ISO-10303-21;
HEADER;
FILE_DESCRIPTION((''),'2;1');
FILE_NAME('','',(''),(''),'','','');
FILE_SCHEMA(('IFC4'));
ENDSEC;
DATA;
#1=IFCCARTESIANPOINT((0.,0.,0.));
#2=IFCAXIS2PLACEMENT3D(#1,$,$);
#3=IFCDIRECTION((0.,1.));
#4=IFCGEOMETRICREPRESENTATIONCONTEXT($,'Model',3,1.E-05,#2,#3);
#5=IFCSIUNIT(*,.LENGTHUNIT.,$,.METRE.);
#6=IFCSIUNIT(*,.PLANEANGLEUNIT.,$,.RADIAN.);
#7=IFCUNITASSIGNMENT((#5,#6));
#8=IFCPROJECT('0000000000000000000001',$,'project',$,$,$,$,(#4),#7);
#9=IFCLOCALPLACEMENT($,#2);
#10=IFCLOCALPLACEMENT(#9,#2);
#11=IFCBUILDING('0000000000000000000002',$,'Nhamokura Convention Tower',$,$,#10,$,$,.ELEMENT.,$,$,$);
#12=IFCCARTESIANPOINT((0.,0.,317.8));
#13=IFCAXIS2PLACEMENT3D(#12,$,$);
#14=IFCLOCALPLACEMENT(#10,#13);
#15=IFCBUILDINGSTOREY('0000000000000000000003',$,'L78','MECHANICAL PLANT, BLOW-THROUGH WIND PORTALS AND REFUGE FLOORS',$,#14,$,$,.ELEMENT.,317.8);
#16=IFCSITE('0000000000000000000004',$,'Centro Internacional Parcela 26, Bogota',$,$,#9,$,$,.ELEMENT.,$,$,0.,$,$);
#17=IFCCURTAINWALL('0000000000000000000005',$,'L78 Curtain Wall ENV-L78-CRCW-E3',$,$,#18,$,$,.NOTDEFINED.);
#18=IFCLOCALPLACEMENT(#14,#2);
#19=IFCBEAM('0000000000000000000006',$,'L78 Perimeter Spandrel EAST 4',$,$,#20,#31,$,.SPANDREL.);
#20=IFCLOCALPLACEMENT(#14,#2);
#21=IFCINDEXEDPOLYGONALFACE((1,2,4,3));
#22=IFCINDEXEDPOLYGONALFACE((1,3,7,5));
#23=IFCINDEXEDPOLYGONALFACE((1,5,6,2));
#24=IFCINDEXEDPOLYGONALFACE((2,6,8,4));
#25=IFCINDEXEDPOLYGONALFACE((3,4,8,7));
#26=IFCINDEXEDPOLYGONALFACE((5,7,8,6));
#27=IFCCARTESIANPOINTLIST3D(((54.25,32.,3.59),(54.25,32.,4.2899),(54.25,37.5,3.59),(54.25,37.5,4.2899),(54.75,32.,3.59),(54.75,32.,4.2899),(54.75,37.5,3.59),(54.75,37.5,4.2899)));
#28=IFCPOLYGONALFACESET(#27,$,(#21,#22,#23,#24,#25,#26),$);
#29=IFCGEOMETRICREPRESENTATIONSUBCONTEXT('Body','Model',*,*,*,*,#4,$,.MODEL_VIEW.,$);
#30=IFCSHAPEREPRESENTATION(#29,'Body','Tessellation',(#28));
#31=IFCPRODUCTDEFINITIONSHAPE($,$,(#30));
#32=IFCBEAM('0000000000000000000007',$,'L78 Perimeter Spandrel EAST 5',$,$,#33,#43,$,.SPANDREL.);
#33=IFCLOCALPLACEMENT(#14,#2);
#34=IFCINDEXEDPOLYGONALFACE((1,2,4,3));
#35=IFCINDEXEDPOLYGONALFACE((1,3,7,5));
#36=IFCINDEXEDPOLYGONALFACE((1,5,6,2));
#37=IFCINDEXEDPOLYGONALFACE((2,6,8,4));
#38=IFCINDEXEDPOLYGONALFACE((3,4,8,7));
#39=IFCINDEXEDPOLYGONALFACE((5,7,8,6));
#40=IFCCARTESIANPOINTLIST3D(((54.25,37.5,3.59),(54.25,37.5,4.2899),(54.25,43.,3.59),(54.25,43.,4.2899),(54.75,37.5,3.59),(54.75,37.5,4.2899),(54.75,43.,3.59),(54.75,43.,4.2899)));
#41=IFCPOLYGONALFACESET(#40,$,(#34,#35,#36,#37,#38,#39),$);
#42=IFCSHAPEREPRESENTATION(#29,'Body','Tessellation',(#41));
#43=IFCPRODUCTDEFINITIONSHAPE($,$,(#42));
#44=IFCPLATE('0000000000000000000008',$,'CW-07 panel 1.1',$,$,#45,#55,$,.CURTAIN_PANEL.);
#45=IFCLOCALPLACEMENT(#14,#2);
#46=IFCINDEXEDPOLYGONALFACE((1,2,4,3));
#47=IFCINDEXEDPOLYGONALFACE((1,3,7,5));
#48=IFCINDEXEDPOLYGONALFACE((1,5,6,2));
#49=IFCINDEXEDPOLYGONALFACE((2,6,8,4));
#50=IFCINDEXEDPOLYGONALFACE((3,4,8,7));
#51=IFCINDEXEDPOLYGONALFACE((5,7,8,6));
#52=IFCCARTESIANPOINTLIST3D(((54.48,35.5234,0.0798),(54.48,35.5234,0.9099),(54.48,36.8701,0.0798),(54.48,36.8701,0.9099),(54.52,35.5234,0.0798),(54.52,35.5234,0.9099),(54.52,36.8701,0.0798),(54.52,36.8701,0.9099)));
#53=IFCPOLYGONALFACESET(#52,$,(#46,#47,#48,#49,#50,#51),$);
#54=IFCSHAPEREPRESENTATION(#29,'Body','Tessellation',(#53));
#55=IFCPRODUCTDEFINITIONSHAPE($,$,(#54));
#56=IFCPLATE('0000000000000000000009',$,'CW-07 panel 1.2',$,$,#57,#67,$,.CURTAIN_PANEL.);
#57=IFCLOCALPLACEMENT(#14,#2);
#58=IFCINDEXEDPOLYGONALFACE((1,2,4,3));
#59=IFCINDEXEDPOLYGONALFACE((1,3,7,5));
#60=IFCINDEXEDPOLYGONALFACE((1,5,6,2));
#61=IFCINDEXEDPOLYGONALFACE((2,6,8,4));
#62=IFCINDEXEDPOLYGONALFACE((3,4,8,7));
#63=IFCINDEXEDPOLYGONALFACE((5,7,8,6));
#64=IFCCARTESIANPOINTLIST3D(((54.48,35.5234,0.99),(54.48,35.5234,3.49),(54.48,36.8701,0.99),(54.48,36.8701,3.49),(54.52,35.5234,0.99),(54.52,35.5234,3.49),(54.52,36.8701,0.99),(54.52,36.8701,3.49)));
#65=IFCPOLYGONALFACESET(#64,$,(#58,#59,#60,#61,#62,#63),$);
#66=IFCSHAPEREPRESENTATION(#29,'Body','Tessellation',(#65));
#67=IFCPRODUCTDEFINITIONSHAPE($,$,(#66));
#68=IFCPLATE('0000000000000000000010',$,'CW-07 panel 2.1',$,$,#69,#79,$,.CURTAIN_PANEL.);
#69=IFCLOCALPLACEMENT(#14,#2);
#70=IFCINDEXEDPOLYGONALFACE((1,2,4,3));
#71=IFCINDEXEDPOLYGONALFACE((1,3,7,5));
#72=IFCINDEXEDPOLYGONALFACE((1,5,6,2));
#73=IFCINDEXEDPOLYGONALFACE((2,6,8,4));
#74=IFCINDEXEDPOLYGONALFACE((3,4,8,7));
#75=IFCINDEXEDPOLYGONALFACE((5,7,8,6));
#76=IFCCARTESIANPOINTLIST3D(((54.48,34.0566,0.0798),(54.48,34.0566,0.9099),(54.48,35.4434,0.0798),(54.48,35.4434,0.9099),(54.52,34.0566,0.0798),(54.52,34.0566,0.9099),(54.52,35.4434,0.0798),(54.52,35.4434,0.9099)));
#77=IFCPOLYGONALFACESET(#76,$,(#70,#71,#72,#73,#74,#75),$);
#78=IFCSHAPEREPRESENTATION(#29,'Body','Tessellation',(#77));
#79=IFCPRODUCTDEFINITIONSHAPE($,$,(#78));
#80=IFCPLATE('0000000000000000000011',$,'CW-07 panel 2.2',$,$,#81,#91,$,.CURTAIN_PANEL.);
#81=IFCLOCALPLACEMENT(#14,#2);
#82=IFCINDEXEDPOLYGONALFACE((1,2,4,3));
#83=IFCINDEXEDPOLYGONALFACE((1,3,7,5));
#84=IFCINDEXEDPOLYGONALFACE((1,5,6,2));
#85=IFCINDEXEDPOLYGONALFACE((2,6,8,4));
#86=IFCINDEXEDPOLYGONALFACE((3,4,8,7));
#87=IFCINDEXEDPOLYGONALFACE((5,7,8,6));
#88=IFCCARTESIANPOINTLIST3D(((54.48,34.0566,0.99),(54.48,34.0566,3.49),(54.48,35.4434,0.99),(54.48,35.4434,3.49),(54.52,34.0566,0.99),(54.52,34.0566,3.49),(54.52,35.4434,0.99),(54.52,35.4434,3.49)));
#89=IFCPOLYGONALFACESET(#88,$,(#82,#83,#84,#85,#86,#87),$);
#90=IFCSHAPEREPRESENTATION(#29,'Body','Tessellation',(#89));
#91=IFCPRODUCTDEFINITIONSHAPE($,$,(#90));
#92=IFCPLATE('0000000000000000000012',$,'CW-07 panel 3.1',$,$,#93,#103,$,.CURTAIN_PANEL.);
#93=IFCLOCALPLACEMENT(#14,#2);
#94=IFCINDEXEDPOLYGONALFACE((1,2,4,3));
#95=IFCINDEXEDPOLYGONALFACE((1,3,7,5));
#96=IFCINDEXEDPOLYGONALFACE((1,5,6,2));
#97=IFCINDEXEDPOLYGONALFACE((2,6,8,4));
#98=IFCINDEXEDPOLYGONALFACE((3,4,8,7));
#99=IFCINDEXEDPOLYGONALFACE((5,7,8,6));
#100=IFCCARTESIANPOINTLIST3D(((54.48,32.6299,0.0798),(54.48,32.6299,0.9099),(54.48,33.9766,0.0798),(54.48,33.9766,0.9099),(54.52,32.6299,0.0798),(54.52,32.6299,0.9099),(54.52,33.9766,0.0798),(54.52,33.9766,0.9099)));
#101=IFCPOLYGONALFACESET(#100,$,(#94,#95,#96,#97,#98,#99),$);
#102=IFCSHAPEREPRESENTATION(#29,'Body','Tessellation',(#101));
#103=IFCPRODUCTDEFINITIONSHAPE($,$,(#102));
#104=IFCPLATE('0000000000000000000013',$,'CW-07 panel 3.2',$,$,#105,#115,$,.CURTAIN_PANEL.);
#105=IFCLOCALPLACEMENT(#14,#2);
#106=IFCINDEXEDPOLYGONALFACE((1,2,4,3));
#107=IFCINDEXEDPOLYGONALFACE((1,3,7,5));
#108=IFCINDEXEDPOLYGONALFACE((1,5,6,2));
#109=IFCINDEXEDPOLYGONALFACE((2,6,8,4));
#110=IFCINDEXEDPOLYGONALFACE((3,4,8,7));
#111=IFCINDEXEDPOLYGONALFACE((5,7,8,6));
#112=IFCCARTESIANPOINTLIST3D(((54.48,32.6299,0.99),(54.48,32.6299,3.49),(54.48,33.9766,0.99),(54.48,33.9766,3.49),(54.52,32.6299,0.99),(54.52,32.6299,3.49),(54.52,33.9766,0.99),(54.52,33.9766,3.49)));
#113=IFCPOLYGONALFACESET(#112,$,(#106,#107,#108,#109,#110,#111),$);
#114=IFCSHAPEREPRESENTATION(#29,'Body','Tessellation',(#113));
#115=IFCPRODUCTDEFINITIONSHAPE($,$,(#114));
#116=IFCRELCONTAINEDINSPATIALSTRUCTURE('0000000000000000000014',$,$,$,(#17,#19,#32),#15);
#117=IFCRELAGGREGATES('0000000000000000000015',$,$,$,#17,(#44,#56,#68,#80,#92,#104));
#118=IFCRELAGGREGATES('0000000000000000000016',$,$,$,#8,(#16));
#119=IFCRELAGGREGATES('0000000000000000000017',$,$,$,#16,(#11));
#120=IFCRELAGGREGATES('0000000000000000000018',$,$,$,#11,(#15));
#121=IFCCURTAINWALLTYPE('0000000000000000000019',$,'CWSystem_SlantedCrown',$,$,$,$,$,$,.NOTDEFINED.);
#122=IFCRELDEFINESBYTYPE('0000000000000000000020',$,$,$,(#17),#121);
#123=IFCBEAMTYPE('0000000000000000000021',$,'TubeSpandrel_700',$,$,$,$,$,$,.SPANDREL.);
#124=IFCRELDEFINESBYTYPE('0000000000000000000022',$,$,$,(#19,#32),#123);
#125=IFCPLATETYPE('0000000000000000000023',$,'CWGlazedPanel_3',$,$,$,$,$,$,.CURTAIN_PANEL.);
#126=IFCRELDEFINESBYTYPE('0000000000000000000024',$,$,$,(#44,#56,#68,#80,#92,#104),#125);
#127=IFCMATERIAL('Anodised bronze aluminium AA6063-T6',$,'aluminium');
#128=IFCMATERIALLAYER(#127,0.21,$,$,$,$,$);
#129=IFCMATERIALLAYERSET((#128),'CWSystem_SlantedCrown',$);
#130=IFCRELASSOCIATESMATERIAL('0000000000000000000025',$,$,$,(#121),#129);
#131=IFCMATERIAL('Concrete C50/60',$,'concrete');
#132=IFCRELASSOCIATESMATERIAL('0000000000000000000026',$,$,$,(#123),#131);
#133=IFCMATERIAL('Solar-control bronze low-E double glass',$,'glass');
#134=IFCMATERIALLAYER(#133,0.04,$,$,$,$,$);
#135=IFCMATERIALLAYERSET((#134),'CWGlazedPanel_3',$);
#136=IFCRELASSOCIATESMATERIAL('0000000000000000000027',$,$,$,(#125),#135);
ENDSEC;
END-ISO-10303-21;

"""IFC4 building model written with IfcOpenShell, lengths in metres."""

from ifc_helpers import new_model, si_unit, direction, frame, origin, origin_2d, place, context, subcontext, project, spatial, rectangle, extrude, material, layer, layer_set, material_profile, profile_set, type_object, element, aggregate, save


model = new_model("IFC4")

# Units and contexts
model_context = context("Model", 3, precision=1e-05, world=origin(), true_north=direction((0.0, 1.0)))
body_context = subcontext(model_context, "Body", "Model", "MODEL_VIEW")
ifc_project = project(units=[si_unit("LENGTHUNIT", "METRE"), si_unit("PLANEANGLEUNIT", "RADIAN")], contexts=[model_context])

# Site, building, storey
site_placement = place(None, origin())
site = spatial("IfcSite", under=ifc_project, at=site_placement, Name="Centro Internacional Parcela 26, Bogota", CompositionType="ELEMENT", RefElevation=0.0)
building_placement = place(site_placement, origin())
building = spatial("IfcBuilding", under=site, at=building_placement, Name="Nhamokura Convention Tower", CompositionType="ELEMENT")
storey_placement = place(building_placement, frame((0.0, 0.0, 317.8)))
storey = spatial("IfcBuildingStorey", under=building, at=storey_placement, Name="L78", Description="MECHANICAL PLANT, BLOW-THROUGH WIND PORTALS AND REFUGE FLOORS", CompositionType="ELEMENT", Elevation=317.8)

# Curtain wall
ifc_material_1 = material(Name="Anodised bronze aluminium AA6063-T6", Category="aluminium")
ifc_layer_1 = layer(ifc_material_1, 0.21)
ifc_layer_set_1 = layer_set([ifc_layer_1], Name="CWSystem_SlantedCrown")
curtain_wall_type = type_object("IfcCurtainWallType", Name="CWSystem_SlantedCrown", PredefinedType="NOTDEFINED", material=ifc_layer_set_1)
curtain_wall_placement = place(storey_placement, origin())
curtain_wall = element("IfcCurtainWall", 1, at=curtain_wall_placement, inside=storey, type_object=curtain_wall_type, Name="L78 Curtain Wall ENV-L78-CRCW-E3", PredefinedType="NOTDEFINED")

# Beams
ifc_material_2 = material(Name="Concrete C50/60", Category="concrete")
ifc_material_profile_1 = material_profile(ifc_material_2, rectangle(XDim=0.5, YDim=0.7, at=origin_2d()))
ifc_profile_set_1 = profile_set([ifc_material_profile_1], Name="Concrete C50/60")
beam_type = type_object("IfcBeamType", Name="TubeSpandrel_700", PredefinedType="SPANDREL", material=ifc_profile_set_1)
for number, where, z_axis, x_axis, name in (
    (2, (54.5, 32.0, 3.9399), (0.0, 1.0, 0.0), (-1.0, 0.0, 0.0), "L78 Perimeter Spandrel EAST 4"),
    (3, (54.5, 37.5, 3.9399), (0.0, 1.0, 0.0), (-1.0, 0.0, 0.0), "L78 Perimeter Spandrel EAST 5"),
):
    element("IfcBeam", number, at=place(storey_placement, frame(where, z_axis=z_axis, x_axis=x_axis)), inside=storey, type_object=beam_type, Name=name, PredefinedType="SPANDREL", context=body_context, shape_type="SweptSolid", body=[
        extrude(rectangle(XDim=0.5, YDim=0.7, at=origin_2d()), origin(), (0.0, 0.0, 1.0), 5.5),
    ])

# Plates
ifc_material_3 = material(Name="Solar-control bronze low-E double glass", Category="glass")
ifc_layer_2 = layer(ifc_material_3, 0.04)
ifc_layer_set_2 = layer_set([ifc_layer_2], Name="CWGlazedPanel_3")
plate_type = type_object("IfcPlateType", Name="CWGlazedPanel_3", PredefinedType="CURTAIN_PANEL", material=ifc_layer_set_2)
plate_1_placement = place(storey_placement, frame((54.5, 36.1968, 0.0798), z_axis=(0.0, 0.0, 1.0), x_axis=(0.0, -1.0, 0.0)))
plate_1 = element("IfcPlate", 4, at=plate_1_placement, type_object=plate_type, Name="CW-07 panel 1.1", PredefinedType="CURTAIN_PANEL", context=body_context, shape_type="SweptSolid", body=[
    extrude(rectangle(XDim=1.3467, YDim=0.04, at=origin_2d()), origin(), (0.0, 0.0, 1.0), 0.8301),
])
plate_2_placement = place(storey_placement, frame((54.5, 36.1968, 0.99), z_axis=(0.0, 0.0, 1.0), x_axis=(0.0, -1.0, 0.0)))
plate_2 = element("IfcPlate", 5, at=plate_2_placement, type_object=plate_type, Name="CW-07 panel 1.2", PredefinedType="CURTAIN_PANEL", context=body_context, shape_type="SweptSolid", body=[
    extrude(rectangle(XDim=1.3467, YDim=0.04, at=origin_2d()), origin(), (0.0, 0.0, 1.0), 2.5),
])
plate_3_placement = place(storey_placement, frame((54.5, 34.75, 0.0798), z_axis=(0.0, 0.0, 1.0), x_axis=(0.0, -1.0, 0.0)))
plate_3 = element("IfcPlate", 6, at=plate_3_placement, type_object=plate_type, Name="CW-07 panel 2.1", PredefinedType="CURTAIN_PANEL", context=body_context, shape_type="SweptSolid", body=[
    extrude(rectangle(XDim=1.3867, YDim=0.04, at=origin_2d()), origin(), (0.0, 0.0, 1.0), 0.8301),
])
plate_4_placement = place(storey_placement, frame((54.5, 34.75, 0.99), z_axis=(0.0, 0.0, 1.0), x_axis=(0.0, -1.0, 0.0)))
plate_4 = element("IfcPlate", 7, at=plate_4_placement, type_object=plate_type, Name="CW-07 panel 2.2", PredefinedType="CURTAIN_PANEL", context=body_context, shape_type="SweptSolid", body=[
    extrude(rectangle(XDim=1.3867, YDim=0.04, at=origin_2d()), origin(), (0.0, 0.0, 1.0), 2.5),
])
plate_5_placement = place(storey_placement, frame((54.5, 33.3032, 0.0798), z_axis=(0.0, 0.0, 1.0), x_axis=(0.0, -1.0, 0.0)))
plate_5 = element("IfcPlate", 8, at=plate_5_placement, type_object=plate_type, Name="CW-07 panel 3.1", PredefinedType="CURTAIN_PANEL", context=body_context, shape_type="SweptSolid", body=[
    extrude(rectangle(XDim=1.3467, YDim=0.04, at=origin_2d()), origin(), (0.0, 0.0, 1.0), 0.8301),
])
plate_6_placement = place(storey_placement, frame((54.5, 33.3032, 0.99), z_axis=(0.0, 0.0, 1.0), x_axis=(0.0, -1.0, 0.0)))
plate_6 = element("IfcPlate", 9, at=plate_6_placement, type_object=plate_type, Name="CW-07 panel 3.2", PredefinedType="CURTAIN_PANEL", context=body_context, shape_type="SweptSolid", body=[
    extrude(rectangle(XDim=1.3467, YDim=0.04, at=origin_2d()), origin(), (0.0, 0.0, 1.0), 2.5),
])
aggregate(curtain_wall, [plate_1, plate_2, plate_3, plate_4, plate_5, plate_6])

save(model, "model.ifc")
